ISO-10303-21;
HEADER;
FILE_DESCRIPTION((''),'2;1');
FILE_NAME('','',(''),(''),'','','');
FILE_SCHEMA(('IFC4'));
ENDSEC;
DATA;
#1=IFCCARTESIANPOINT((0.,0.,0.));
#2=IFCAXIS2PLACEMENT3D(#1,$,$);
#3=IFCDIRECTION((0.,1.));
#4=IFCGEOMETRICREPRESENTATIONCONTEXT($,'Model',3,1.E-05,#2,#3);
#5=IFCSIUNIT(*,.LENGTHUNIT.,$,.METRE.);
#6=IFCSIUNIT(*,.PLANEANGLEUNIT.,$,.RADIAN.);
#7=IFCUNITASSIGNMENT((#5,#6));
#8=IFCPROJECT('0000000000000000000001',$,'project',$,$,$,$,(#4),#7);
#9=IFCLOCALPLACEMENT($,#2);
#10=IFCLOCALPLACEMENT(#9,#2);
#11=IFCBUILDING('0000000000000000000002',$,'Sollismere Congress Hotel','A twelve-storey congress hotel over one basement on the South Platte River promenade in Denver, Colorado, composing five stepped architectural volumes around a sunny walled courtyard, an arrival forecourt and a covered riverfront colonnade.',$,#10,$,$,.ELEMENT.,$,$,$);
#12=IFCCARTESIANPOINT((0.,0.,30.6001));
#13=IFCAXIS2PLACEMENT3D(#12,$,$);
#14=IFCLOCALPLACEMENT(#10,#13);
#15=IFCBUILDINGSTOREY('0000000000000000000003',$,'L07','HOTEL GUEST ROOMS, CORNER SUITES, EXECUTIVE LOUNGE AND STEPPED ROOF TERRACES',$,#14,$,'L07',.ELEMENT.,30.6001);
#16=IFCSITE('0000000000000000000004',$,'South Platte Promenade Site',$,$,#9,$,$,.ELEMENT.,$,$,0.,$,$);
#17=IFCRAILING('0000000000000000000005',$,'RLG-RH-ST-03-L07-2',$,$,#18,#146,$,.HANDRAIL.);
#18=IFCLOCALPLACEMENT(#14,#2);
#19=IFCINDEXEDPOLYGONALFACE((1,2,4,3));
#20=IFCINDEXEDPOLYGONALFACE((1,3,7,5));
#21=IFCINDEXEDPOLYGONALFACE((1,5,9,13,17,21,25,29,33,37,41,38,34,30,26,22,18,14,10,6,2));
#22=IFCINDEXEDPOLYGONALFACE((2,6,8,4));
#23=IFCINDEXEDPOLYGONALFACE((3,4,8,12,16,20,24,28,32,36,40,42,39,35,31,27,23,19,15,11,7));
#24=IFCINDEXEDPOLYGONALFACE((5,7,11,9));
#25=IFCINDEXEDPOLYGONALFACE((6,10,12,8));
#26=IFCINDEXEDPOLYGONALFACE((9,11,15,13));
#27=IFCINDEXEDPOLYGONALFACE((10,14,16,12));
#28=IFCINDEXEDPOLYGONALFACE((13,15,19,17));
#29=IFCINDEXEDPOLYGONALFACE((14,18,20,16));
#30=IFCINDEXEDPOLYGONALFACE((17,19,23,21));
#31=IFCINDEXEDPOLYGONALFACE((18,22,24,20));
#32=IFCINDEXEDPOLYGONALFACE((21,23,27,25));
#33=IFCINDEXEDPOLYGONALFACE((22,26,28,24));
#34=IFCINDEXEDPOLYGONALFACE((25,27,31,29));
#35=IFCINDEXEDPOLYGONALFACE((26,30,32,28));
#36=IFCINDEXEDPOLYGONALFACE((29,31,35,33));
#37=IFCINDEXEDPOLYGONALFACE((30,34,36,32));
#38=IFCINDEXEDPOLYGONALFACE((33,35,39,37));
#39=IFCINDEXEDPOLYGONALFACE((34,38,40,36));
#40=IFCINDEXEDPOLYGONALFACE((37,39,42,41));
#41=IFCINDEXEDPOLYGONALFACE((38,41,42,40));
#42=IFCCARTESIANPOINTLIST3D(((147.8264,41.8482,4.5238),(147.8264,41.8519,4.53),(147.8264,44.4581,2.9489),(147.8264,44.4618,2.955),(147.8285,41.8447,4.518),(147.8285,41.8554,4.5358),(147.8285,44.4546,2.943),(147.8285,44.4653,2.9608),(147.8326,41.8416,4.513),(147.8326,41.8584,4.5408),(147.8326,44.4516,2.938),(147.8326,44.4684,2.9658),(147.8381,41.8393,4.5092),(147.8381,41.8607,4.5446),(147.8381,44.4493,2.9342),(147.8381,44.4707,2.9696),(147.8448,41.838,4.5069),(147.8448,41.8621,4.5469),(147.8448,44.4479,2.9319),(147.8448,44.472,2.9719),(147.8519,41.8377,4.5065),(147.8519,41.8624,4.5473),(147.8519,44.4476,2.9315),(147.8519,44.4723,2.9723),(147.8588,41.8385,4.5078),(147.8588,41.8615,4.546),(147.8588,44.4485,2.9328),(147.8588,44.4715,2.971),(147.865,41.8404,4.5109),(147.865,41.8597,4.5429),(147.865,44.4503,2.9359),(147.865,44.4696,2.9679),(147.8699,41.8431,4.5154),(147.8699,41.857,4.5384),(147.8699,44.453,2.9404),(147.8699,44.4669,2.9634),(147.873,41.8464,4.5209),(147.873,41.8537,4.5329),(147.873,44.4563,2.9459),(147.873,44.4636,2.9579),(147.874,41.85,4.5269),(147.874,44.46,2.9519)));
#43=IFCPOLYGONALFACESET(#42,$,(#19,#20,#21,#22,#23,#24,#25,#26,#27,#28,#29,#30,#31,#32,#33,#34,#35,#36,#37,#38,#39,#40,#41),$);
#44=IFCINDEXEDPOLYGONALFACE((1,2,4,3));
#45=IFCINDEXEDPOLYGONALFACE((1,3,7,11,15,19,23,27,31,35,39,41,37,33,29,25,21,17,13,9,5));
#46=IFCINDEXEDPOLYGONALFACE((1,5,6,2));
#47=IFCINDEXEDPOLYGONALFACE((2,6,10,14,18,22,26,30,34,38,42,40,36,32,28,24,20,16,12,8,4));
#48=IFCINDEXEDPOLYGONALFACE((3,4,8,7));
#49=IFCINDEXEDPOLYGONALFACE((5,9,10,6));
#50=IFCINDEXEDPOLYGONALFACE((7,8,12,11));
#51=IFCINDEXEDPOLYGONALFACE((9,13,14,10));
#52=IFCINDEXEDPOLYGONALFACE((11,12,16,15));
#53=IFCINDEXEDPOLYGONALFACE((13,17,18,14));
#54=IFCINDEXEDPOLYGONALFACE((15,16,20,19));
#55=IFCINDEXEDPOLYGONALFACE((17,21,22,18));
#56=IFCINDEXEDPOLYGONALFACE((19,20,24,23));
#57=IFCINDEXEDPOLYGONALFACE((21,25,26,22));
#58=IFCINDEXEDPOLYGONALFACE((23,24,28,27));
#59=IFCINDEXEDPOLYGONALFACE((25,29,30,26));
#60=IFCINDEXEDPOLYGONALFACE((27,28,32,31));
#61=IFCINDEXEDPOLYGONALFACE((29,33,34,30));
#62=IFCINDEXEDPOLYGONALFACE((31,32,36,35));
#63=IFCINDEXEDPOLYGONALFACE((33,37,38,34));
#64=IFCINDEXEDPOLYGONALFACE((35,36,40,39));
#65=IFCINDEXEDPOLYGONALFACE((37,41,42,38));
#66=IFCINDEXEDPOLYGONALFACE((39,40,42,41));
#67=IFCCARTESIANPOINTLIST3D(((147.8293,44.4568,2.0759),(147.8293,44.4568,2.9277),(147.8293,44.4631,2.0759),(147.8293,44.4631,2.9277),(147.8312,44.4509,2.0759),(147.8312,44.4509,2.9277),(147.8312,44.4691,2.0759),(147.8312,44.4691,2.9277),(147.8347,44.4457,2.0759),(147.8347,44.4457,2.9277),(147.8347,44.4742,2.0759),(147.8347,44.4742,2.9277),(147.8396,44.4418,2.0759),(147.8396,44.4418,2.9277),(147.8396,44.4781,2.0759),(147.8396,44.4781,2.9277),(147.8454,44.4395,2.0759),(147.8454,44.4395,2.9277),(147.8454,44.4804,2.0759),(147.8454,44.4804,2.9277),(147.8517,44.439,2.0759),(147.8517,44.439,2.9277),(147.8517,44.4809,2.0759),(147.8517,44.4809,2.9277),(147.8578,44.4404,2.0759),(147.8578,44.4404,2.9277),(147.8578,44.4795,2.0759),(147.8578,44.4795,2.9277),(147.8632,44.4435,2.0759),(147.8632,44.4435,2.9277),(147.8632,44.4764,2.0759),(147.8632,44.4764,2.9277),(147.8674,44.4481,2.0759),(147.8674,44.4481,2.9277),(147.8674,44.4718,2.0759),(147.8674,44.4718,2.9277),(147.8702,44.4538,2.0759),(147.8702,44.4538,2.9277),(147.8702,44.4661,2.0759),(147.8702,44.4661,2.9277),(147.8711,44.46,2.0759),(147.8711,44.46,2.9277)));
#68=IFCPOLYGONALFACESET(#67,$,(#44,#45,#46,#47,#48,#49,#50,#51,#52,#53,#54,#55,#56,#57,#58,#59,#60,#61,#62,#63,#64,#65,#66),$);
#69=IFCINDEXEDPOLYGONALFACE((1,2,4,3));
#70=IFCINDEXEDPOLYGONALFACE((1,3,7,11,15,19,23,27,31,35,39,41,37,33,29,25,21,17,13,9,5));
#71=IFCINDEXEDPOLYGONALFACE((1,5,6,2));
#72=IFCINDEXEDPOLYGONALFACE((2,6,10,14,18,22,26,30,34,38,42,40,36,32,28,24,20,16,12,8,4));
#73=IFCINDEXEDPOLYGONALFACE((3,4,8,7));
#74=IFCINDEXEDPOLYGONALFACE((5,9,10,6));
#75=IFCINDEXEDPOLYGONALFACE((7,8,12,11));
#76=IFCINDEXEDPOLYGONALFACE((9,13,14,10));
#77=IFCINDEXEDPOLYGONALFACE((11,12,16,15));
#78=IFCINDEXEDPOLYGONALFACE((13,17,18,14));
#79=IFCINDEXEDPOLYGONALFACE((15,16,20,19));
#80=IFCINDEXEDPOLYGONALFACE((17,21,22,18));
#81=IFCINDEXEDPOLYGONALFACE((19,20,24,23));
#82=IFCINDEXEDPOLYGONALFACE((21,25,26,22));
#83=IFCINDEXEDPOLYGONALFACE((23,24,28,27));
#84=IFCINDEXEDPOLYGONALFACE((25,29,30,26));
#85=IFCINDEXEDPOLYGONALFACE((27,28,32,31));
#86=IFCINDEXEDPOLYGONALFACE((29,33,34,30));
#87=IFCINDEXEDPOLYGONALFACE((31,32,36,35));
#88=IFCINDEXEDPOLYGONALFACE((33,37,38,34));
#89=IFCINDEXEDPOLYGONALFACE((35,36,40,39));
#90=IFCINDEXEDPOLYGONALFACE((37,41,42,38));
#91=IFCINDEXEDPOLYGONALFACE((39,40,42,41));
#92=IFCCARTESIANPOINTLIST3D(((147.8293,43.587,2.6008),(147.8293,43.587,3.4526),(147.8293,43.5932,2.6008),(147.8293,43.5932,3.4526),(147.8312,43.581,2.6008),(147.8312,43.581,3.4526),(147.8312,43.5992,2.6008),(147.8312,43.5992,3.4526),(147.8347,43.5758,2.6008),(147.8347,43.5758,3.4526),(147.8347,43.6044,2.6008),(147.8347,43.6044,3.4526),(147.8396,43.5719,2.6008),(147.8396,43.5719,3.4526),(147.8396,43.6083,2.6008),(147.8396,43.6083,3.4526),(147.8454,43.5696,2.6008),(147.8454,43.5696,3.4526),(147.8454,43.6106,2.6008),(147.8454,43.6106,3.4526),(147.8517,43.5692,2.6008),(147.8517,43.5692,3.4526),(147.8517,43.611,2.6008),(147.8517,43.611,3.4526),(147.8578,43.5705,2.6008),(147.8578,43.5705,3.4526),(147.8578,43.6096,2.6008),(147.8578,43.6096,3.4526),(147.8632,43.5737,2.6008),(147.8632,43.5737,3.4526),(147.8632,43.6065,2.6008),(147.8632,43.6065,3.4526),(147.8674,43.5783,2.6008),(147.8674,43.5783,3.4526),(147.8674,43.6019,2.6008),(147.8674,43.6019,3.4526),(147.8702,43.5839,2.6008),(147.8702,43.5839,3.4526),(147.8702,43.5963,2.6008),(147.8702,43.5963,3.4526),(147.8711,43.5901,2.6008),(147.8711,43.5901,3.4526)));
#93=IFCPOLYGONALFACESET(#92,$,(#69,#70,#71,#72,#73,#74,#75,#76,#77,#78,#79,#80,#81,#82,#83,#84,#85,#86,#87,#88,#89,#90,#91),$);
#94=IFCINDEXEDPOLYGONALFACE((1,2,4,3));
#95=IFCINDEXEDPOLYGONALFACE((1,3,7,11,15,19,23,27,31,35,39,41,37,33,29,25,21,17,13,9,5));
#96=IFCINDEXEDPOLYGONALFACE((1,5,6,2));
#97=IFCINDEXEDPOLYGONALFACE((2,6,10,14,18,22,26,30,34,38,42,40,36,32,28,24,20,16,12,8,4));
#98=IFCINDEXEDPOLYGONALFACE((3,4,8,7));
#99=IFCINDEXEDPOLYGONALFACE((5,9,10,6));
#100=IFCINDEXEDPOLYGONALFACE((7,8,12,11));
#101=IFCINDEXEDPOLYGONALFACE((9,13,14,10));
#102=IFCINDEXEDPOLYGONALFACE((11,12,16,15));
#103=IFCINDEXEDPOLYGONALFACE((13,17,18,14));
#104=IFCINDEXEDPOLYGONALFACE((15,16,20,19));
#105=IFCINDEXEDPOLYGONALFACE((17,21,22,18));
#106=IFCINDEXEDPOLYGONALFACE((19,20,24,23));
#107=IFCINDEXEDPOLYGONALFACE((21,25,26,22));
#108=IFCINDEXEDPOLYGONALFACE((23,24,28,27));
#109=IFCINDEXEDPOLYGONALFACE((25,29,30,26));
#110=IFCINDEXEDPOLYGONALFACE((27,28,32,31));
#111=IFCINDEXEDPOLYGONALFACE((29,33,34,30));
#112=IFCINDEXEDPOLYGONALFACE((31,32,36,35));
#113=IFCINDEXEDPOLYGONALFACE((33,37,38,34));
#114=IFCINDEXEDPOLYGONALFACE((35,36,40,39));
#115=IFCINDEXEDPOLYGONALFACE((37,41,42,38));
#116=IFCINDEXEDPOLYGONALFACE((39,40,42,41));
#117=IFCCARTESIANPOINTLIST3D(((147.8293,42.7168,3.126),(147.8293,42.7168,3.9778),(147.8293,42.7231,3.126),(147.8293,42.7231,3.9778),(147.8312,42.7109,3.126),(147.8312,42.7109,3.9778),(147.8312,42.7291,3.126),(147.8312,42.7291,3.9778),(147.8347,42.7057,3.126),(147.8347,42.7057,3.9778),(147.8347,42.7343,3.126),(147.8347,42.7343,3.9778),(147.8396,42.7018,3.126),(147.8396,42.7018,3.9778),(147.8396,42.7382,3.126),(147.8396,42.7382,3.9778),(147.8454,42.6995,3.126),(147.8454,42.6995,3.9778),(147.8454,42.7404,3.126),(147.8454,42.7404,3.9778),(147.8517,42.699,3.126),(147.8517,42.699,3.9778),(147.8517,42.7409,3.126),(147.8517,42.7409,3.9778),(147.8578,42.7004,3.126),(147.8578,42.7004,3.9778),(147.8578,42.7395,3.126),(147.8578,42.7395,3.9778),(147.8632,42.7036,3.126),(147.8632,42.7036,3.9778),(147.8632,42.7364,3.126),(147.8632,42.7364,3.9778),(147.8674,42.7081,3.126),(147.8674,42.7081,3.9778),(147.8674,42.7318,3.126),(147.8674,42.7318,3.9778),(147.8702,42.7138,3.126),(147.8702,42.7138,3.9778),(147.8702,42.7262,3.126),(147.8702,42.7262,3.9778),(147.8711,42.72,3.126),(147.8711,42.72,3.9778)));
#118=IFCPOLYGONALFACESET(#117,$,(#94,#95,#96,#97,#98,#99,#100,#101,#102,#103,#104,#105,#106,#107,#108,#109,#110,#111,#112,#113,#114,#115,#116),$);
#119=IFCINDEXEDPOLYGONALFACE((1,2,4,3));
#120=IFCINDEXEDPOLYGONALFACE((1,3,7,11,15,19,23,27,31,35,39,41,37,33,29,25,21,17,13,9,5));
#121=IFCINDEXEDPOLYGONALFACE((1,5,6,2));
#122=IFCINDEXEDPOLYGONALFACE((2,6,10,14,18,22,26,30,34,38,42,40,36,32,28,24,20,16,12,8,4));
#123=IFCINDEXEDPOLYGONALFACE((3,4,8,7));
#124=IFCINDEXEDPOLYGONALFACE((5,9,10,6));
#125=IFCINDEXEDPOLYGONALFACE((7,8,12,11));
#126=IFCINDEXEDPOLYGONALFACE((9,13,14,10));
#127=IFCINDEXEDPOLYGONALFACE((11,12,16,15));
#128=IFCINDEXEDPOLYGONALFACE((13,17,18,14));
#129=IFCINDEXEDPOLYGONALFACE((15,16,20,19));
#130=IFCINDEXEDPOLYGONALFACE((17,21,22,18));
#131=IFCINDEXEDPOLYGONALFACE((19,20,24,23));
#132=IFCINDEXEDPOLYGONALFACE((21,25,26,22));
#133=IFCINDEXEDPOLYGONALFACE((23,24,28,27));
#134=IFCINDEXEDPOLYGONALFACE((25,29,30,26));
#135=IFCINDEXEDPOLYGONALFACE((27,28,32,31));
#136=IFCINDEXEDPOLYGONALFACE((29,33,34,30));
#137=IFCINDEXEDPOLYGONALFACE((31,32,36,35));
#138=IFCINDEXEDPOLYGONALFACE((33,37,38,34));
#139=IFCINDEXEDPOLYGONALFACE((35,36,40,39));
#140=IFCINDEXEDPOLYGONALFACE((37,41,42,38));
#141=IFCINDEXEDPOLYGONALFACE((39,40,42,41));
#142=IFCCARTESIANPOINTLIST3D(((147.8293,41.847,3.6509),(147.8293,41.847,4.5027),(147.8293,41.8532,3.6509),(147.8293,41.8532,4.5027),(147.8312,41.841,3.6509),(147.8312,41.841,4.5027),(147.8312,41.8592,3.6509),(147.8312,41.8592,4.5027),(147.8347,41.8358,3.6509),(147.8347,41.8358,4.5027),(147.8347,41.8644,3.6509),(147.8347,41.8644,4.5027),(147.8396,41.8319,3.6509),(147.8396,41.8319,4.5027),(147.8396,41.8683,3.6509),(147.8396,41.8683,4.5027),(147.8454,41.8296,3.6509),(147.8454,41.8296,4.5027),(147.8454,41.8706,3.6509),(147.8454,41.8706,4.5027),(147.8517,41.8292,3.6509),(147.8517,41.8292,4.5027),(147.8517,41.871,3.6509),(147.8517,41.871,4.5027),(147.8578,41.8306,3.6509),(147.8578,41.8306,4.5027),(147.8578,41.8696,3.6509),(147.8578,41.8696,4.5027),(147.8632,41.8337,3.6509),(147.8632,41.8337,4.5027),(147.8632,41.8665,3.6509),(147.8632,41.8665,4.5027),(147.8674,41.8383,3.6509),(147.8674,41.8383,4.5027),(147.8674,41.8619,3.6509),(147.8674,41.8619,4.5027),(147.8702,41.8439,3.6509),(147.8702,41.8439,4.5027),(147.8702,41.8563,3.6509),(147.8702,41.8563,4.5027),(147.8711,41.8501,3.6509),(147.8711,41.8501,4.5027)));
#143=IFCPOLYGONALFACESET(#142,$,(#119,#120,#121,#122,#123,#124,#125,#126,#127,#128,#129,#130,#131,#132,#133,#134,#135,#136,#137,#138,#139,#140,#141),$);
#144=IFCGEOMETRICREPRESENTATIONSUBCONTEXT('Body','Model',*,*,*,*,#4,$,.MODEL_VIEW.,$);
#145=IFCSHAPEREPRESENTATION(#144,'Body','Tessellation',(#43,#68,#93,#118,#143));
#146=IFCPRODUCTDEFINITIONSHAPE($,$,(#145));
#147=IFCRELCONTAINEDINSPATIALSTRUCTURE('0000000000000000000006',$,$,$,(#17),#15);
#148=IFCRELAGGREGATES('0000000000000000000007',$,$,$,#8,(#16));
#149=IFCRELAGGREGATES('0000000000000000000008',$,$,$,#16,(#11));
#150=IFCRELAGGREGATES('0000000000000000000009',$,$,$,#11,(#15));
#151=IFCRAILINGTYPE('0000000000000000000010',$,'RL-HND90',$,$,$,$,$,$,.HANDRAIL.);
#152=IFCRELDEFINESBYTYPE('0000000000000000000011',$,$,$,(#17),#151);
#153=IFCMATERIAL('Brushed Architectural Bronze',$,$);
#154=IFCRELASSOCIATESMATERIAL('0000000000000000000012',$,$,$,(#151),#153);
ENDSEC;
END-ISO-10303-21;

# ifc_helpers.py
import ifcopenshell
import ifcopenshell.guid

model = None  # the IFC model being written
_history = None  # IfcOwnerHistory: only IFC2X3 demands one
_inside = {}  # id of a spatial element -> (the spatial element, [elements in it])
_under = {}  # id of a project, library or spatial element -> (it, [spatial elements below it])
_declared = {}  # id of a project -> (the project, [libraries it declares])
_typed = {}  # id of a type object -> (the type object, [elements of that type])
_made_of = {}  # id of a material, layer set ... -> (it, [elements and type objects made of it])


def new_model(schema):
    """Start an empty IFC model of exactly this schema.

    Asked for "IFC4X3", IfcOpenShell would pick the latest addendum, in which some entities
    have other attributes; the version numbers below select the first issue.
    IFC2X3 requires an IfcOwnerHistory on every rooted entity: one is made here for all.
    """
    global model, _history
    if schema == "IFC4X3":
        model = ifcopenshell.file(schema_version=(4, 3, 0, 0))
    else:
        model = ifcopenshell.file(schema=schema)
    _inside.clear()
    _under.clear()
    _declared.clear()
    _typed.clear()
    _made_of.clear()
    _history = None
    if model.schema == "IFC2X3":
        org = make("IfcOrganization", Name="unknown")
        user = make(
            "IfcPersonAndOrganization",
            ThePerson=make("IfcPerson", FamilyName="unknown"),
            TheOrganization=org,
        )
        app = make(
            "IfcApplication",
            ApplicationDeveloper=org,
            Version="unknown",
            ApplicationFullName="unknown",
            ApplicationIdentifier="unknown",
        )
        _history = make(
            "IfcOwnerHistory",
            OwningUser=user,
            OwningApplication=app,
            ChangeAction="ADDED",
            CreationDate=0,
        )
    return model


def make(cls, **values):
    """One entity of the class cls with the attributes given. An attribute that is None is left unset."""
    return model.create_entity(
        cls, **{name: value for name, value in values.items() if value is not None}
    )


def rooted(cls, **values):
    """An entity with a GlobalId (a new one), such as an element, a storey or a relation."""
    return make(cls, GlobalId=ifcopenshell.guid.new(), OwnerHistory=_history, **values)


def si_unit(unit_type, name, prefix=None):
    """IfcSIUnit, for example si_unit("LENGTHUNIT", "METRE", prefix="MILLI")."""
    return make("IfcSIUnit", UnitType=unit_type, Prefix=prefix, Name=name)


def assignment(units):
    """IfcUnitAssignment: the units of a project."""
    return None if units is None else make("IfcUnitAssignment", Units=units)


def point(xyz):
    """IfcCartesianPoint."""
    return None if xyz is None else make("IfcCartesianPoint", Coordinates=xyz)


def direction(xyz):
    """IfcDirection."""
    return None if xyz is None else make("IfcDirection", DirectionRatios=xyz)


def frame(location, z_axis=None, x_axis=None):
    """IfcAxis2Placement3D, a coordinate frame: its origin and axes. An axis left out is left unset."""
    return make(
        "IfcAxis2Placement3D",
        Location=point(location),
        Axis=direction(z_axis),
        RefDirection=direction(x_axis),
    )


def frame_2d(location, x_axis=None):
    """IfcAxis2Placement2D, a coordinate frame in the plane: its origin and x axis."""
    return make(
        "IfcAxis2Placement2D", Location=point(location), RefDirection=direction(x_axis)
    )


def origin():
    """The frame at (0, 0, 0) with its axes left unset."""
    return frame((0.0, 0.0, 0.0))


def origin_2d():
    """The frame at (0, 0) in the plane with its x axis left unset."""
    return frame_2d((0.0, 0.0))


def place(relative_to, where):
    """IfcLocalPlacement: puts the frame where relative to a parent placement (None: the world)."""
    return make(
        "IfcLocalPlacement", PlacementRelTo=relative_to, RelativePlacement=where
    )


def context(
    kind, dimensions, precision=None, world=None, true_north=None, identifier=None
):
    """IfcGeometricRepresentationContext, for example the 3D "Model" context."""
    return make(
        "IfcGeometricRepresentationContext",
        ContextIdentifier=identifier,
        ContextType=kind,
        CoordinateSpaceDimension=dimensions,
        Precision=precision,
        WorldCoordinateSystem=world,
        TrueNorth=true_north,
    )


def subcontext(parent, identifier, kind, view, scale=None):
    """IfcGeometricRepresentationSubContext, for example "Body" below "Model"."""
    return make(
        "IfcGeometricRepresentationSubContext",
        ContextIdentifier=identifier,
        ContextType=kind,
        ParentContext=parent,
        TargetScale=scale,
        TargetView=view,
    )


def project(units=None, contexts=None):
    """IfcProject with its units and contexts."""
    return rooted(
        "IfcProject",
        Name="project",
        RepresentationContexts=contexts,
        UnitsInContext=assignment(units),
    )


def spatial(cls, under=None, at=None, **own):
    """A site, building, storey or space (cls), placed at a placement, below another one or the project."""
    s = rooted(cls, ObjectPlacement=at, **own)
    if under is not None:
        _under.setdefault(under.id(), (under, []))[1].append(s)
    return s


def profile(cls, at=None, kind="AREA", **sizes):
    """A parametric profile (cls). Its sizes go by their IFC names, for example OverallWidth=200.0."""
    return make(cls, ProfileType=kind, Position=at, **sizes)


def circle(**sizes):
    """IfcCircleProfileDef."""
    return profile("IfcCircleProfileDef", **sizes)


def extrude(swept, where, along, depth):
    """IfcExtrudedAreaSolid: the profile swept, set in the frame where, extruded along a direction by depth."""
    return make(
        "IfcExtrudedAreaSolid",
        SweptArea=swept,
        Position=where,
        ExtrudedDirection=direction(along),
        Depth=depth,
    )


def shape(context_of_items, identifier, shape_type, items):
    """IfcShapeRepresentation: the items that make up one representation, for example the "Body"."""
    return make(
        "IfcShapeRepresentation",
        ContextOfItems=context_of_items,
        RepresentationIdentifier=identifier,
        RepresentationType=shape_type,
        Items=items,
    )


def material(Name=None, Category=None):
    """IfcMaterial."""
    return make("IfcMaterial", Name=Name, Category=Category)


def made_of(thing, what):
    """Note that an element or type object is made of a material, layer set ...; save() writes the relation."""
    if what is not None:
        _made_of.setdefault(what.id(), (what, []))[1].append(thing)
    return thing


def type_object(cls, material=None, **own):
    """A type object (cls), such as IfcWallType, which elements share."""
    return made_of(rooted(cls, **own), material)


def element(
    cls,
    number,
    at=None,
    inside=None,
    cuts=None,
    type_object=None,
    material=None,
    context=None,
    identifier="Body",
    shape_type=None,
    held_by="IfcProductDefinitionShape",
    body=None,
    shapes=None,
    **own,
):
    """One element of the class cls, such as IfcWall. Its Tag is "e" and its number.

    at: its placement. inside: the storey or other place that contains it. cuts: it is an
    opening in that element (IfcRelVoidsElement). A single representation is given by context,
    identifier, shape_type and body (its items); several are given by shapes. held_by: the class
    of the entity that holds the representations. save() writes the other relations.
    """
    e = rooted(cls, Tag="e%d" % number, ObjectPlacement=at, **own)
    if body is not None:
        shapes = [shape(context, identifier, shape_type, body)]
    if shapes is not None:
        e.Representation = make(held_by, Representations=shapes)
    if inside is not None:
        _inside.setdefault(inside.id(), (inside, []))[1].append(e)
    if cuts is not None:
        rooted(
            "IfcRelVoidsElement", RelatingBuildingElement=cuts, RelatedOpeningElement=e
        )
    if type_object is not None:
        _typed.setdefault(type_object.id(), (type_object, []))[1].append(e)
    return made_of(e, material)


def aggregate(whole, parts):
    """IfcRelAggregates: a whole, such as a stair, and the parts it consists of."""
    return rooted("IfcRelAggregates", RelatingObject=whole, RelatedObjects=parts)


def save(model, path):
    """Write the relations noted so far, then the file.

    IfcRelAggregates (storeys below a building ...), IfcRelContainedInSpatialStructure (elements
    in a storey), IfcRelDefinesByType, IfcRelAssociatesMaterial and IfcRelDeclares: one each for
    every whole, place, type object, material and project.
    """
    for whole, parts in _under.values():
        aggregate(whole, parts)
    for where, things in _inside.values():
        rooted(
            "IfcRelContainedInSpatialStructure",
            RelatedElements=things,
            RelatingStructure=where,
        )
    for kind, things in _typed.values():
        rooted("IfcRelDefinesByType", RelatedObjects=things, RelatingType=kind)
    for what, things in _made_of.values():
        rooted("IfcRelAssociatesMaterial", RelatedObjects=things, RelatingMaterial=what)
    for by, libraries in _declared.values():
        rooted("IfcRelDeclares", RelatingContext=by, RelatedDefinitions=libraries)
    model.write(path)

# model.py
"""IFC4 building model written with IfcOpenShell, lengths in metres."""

from ifc_helpers import new_model, si_unit, direction, frame, origin, origin_2d, place, context, subcontext, project, spatial, circle, extrude, material, type_object, element, save


model = new_model("IFC4")

# Units and contexts
model_context = context("Model", 3, precision=1e-05, world=origin(), true_north=direction((0.0, 1.0)))
body_context = subcontext(model_context, "Body", "Model", "MODEL_VIEW")
ifc_project = project(units=[si_unit("LENGTHUNIT", "METRE"), si_unit("PLANEANGLEUNIT", "RADIAN")], contexts=[model_context])

# Site, building, storey
site_placement = place(None, origin())
site = spatial("IfcSite", under=ifc_project, at=site_placement, Name="South Platte Promenade Site", CompositionType="ELEMENT", RefElevation=0.0)
building_placement = place(site_placement, origin())
building = spatial("IfcBuilding", under=site, at=building_placement, Name="Sollismere Congress Hotel", Description="A twelve-storey congress hotel over one basement on the South Platte River promenade in Denver, Colorado, composing five stepped architectural volumes around a sunny walled courtyard, an arrival forecourt and a covered riverfront colonnade.", CompositionType="ELEMENT")
storey_placement = place(building_placement, frame((0.0, 0.0, 30.6001)))
storey = spatial("IfcBuildingStorey", under=building, at=storey_placement, Name="L07", Description="HOTEL GUEST ROOMS, CORNER SUITES, EXECUTIVE LOUNGE AND STEPPED ROOF TERRACES", LongName="L07", CompositionType="ELEMENT", Elevation=30.6001)

# Railing
ifc_material_1 = material(Name="Brushed Architectural Bronze")
railing_type_1 = type_object("IfcRailingType", Name="RL-HND90", PredefinedType="HANDRAIL", material=ifc_material_1)
railing_1_placement = place(storey_placement, frame((147.8501, 44.46, 2.0759)))
element("IfcRailing", 1, at=railing_1_placement, inside=storey, type_object=railing_type_1, Name="RLG-RH-ST-03-L07-2", PredefinedType="HANDRAIL", context=body_context, shape_type="SweptSolid", body=[
    extrude(circle(Radius=0.0239, at=origin_2d()), frame((0.0, 0.0, 0.876), z_axis=(0.0, -0.856183, 0.516673), x_axis=(1.0, 0.0, 0.0)), (0.0, 0.0, 1.0), 3.0483),
    extrude(circle(Radius=0.021, at=origin_2d()), origin(), (0.0, 0.0, 1.0), 0.8518),
    extrude(circle(Radius=0.021, at=origin_2d()), frame((0.0, -0.8699, 0.5249)), (0.0, 0.0, 1.0), 0.8518),
    extrude(circle(Radius=0.021, at=origin_2d()), frame((0.0, -1.74, 1.05)), (0.0, 0.0, 1.0), 0.8518),
    extrude(circle(Radius=0.021, at=origin_2d()), frame((0.0, -2.6099, 1.575)), (0.0, 0.0, 1.0), 0.8518),
])

save(model, "model.ifc")
